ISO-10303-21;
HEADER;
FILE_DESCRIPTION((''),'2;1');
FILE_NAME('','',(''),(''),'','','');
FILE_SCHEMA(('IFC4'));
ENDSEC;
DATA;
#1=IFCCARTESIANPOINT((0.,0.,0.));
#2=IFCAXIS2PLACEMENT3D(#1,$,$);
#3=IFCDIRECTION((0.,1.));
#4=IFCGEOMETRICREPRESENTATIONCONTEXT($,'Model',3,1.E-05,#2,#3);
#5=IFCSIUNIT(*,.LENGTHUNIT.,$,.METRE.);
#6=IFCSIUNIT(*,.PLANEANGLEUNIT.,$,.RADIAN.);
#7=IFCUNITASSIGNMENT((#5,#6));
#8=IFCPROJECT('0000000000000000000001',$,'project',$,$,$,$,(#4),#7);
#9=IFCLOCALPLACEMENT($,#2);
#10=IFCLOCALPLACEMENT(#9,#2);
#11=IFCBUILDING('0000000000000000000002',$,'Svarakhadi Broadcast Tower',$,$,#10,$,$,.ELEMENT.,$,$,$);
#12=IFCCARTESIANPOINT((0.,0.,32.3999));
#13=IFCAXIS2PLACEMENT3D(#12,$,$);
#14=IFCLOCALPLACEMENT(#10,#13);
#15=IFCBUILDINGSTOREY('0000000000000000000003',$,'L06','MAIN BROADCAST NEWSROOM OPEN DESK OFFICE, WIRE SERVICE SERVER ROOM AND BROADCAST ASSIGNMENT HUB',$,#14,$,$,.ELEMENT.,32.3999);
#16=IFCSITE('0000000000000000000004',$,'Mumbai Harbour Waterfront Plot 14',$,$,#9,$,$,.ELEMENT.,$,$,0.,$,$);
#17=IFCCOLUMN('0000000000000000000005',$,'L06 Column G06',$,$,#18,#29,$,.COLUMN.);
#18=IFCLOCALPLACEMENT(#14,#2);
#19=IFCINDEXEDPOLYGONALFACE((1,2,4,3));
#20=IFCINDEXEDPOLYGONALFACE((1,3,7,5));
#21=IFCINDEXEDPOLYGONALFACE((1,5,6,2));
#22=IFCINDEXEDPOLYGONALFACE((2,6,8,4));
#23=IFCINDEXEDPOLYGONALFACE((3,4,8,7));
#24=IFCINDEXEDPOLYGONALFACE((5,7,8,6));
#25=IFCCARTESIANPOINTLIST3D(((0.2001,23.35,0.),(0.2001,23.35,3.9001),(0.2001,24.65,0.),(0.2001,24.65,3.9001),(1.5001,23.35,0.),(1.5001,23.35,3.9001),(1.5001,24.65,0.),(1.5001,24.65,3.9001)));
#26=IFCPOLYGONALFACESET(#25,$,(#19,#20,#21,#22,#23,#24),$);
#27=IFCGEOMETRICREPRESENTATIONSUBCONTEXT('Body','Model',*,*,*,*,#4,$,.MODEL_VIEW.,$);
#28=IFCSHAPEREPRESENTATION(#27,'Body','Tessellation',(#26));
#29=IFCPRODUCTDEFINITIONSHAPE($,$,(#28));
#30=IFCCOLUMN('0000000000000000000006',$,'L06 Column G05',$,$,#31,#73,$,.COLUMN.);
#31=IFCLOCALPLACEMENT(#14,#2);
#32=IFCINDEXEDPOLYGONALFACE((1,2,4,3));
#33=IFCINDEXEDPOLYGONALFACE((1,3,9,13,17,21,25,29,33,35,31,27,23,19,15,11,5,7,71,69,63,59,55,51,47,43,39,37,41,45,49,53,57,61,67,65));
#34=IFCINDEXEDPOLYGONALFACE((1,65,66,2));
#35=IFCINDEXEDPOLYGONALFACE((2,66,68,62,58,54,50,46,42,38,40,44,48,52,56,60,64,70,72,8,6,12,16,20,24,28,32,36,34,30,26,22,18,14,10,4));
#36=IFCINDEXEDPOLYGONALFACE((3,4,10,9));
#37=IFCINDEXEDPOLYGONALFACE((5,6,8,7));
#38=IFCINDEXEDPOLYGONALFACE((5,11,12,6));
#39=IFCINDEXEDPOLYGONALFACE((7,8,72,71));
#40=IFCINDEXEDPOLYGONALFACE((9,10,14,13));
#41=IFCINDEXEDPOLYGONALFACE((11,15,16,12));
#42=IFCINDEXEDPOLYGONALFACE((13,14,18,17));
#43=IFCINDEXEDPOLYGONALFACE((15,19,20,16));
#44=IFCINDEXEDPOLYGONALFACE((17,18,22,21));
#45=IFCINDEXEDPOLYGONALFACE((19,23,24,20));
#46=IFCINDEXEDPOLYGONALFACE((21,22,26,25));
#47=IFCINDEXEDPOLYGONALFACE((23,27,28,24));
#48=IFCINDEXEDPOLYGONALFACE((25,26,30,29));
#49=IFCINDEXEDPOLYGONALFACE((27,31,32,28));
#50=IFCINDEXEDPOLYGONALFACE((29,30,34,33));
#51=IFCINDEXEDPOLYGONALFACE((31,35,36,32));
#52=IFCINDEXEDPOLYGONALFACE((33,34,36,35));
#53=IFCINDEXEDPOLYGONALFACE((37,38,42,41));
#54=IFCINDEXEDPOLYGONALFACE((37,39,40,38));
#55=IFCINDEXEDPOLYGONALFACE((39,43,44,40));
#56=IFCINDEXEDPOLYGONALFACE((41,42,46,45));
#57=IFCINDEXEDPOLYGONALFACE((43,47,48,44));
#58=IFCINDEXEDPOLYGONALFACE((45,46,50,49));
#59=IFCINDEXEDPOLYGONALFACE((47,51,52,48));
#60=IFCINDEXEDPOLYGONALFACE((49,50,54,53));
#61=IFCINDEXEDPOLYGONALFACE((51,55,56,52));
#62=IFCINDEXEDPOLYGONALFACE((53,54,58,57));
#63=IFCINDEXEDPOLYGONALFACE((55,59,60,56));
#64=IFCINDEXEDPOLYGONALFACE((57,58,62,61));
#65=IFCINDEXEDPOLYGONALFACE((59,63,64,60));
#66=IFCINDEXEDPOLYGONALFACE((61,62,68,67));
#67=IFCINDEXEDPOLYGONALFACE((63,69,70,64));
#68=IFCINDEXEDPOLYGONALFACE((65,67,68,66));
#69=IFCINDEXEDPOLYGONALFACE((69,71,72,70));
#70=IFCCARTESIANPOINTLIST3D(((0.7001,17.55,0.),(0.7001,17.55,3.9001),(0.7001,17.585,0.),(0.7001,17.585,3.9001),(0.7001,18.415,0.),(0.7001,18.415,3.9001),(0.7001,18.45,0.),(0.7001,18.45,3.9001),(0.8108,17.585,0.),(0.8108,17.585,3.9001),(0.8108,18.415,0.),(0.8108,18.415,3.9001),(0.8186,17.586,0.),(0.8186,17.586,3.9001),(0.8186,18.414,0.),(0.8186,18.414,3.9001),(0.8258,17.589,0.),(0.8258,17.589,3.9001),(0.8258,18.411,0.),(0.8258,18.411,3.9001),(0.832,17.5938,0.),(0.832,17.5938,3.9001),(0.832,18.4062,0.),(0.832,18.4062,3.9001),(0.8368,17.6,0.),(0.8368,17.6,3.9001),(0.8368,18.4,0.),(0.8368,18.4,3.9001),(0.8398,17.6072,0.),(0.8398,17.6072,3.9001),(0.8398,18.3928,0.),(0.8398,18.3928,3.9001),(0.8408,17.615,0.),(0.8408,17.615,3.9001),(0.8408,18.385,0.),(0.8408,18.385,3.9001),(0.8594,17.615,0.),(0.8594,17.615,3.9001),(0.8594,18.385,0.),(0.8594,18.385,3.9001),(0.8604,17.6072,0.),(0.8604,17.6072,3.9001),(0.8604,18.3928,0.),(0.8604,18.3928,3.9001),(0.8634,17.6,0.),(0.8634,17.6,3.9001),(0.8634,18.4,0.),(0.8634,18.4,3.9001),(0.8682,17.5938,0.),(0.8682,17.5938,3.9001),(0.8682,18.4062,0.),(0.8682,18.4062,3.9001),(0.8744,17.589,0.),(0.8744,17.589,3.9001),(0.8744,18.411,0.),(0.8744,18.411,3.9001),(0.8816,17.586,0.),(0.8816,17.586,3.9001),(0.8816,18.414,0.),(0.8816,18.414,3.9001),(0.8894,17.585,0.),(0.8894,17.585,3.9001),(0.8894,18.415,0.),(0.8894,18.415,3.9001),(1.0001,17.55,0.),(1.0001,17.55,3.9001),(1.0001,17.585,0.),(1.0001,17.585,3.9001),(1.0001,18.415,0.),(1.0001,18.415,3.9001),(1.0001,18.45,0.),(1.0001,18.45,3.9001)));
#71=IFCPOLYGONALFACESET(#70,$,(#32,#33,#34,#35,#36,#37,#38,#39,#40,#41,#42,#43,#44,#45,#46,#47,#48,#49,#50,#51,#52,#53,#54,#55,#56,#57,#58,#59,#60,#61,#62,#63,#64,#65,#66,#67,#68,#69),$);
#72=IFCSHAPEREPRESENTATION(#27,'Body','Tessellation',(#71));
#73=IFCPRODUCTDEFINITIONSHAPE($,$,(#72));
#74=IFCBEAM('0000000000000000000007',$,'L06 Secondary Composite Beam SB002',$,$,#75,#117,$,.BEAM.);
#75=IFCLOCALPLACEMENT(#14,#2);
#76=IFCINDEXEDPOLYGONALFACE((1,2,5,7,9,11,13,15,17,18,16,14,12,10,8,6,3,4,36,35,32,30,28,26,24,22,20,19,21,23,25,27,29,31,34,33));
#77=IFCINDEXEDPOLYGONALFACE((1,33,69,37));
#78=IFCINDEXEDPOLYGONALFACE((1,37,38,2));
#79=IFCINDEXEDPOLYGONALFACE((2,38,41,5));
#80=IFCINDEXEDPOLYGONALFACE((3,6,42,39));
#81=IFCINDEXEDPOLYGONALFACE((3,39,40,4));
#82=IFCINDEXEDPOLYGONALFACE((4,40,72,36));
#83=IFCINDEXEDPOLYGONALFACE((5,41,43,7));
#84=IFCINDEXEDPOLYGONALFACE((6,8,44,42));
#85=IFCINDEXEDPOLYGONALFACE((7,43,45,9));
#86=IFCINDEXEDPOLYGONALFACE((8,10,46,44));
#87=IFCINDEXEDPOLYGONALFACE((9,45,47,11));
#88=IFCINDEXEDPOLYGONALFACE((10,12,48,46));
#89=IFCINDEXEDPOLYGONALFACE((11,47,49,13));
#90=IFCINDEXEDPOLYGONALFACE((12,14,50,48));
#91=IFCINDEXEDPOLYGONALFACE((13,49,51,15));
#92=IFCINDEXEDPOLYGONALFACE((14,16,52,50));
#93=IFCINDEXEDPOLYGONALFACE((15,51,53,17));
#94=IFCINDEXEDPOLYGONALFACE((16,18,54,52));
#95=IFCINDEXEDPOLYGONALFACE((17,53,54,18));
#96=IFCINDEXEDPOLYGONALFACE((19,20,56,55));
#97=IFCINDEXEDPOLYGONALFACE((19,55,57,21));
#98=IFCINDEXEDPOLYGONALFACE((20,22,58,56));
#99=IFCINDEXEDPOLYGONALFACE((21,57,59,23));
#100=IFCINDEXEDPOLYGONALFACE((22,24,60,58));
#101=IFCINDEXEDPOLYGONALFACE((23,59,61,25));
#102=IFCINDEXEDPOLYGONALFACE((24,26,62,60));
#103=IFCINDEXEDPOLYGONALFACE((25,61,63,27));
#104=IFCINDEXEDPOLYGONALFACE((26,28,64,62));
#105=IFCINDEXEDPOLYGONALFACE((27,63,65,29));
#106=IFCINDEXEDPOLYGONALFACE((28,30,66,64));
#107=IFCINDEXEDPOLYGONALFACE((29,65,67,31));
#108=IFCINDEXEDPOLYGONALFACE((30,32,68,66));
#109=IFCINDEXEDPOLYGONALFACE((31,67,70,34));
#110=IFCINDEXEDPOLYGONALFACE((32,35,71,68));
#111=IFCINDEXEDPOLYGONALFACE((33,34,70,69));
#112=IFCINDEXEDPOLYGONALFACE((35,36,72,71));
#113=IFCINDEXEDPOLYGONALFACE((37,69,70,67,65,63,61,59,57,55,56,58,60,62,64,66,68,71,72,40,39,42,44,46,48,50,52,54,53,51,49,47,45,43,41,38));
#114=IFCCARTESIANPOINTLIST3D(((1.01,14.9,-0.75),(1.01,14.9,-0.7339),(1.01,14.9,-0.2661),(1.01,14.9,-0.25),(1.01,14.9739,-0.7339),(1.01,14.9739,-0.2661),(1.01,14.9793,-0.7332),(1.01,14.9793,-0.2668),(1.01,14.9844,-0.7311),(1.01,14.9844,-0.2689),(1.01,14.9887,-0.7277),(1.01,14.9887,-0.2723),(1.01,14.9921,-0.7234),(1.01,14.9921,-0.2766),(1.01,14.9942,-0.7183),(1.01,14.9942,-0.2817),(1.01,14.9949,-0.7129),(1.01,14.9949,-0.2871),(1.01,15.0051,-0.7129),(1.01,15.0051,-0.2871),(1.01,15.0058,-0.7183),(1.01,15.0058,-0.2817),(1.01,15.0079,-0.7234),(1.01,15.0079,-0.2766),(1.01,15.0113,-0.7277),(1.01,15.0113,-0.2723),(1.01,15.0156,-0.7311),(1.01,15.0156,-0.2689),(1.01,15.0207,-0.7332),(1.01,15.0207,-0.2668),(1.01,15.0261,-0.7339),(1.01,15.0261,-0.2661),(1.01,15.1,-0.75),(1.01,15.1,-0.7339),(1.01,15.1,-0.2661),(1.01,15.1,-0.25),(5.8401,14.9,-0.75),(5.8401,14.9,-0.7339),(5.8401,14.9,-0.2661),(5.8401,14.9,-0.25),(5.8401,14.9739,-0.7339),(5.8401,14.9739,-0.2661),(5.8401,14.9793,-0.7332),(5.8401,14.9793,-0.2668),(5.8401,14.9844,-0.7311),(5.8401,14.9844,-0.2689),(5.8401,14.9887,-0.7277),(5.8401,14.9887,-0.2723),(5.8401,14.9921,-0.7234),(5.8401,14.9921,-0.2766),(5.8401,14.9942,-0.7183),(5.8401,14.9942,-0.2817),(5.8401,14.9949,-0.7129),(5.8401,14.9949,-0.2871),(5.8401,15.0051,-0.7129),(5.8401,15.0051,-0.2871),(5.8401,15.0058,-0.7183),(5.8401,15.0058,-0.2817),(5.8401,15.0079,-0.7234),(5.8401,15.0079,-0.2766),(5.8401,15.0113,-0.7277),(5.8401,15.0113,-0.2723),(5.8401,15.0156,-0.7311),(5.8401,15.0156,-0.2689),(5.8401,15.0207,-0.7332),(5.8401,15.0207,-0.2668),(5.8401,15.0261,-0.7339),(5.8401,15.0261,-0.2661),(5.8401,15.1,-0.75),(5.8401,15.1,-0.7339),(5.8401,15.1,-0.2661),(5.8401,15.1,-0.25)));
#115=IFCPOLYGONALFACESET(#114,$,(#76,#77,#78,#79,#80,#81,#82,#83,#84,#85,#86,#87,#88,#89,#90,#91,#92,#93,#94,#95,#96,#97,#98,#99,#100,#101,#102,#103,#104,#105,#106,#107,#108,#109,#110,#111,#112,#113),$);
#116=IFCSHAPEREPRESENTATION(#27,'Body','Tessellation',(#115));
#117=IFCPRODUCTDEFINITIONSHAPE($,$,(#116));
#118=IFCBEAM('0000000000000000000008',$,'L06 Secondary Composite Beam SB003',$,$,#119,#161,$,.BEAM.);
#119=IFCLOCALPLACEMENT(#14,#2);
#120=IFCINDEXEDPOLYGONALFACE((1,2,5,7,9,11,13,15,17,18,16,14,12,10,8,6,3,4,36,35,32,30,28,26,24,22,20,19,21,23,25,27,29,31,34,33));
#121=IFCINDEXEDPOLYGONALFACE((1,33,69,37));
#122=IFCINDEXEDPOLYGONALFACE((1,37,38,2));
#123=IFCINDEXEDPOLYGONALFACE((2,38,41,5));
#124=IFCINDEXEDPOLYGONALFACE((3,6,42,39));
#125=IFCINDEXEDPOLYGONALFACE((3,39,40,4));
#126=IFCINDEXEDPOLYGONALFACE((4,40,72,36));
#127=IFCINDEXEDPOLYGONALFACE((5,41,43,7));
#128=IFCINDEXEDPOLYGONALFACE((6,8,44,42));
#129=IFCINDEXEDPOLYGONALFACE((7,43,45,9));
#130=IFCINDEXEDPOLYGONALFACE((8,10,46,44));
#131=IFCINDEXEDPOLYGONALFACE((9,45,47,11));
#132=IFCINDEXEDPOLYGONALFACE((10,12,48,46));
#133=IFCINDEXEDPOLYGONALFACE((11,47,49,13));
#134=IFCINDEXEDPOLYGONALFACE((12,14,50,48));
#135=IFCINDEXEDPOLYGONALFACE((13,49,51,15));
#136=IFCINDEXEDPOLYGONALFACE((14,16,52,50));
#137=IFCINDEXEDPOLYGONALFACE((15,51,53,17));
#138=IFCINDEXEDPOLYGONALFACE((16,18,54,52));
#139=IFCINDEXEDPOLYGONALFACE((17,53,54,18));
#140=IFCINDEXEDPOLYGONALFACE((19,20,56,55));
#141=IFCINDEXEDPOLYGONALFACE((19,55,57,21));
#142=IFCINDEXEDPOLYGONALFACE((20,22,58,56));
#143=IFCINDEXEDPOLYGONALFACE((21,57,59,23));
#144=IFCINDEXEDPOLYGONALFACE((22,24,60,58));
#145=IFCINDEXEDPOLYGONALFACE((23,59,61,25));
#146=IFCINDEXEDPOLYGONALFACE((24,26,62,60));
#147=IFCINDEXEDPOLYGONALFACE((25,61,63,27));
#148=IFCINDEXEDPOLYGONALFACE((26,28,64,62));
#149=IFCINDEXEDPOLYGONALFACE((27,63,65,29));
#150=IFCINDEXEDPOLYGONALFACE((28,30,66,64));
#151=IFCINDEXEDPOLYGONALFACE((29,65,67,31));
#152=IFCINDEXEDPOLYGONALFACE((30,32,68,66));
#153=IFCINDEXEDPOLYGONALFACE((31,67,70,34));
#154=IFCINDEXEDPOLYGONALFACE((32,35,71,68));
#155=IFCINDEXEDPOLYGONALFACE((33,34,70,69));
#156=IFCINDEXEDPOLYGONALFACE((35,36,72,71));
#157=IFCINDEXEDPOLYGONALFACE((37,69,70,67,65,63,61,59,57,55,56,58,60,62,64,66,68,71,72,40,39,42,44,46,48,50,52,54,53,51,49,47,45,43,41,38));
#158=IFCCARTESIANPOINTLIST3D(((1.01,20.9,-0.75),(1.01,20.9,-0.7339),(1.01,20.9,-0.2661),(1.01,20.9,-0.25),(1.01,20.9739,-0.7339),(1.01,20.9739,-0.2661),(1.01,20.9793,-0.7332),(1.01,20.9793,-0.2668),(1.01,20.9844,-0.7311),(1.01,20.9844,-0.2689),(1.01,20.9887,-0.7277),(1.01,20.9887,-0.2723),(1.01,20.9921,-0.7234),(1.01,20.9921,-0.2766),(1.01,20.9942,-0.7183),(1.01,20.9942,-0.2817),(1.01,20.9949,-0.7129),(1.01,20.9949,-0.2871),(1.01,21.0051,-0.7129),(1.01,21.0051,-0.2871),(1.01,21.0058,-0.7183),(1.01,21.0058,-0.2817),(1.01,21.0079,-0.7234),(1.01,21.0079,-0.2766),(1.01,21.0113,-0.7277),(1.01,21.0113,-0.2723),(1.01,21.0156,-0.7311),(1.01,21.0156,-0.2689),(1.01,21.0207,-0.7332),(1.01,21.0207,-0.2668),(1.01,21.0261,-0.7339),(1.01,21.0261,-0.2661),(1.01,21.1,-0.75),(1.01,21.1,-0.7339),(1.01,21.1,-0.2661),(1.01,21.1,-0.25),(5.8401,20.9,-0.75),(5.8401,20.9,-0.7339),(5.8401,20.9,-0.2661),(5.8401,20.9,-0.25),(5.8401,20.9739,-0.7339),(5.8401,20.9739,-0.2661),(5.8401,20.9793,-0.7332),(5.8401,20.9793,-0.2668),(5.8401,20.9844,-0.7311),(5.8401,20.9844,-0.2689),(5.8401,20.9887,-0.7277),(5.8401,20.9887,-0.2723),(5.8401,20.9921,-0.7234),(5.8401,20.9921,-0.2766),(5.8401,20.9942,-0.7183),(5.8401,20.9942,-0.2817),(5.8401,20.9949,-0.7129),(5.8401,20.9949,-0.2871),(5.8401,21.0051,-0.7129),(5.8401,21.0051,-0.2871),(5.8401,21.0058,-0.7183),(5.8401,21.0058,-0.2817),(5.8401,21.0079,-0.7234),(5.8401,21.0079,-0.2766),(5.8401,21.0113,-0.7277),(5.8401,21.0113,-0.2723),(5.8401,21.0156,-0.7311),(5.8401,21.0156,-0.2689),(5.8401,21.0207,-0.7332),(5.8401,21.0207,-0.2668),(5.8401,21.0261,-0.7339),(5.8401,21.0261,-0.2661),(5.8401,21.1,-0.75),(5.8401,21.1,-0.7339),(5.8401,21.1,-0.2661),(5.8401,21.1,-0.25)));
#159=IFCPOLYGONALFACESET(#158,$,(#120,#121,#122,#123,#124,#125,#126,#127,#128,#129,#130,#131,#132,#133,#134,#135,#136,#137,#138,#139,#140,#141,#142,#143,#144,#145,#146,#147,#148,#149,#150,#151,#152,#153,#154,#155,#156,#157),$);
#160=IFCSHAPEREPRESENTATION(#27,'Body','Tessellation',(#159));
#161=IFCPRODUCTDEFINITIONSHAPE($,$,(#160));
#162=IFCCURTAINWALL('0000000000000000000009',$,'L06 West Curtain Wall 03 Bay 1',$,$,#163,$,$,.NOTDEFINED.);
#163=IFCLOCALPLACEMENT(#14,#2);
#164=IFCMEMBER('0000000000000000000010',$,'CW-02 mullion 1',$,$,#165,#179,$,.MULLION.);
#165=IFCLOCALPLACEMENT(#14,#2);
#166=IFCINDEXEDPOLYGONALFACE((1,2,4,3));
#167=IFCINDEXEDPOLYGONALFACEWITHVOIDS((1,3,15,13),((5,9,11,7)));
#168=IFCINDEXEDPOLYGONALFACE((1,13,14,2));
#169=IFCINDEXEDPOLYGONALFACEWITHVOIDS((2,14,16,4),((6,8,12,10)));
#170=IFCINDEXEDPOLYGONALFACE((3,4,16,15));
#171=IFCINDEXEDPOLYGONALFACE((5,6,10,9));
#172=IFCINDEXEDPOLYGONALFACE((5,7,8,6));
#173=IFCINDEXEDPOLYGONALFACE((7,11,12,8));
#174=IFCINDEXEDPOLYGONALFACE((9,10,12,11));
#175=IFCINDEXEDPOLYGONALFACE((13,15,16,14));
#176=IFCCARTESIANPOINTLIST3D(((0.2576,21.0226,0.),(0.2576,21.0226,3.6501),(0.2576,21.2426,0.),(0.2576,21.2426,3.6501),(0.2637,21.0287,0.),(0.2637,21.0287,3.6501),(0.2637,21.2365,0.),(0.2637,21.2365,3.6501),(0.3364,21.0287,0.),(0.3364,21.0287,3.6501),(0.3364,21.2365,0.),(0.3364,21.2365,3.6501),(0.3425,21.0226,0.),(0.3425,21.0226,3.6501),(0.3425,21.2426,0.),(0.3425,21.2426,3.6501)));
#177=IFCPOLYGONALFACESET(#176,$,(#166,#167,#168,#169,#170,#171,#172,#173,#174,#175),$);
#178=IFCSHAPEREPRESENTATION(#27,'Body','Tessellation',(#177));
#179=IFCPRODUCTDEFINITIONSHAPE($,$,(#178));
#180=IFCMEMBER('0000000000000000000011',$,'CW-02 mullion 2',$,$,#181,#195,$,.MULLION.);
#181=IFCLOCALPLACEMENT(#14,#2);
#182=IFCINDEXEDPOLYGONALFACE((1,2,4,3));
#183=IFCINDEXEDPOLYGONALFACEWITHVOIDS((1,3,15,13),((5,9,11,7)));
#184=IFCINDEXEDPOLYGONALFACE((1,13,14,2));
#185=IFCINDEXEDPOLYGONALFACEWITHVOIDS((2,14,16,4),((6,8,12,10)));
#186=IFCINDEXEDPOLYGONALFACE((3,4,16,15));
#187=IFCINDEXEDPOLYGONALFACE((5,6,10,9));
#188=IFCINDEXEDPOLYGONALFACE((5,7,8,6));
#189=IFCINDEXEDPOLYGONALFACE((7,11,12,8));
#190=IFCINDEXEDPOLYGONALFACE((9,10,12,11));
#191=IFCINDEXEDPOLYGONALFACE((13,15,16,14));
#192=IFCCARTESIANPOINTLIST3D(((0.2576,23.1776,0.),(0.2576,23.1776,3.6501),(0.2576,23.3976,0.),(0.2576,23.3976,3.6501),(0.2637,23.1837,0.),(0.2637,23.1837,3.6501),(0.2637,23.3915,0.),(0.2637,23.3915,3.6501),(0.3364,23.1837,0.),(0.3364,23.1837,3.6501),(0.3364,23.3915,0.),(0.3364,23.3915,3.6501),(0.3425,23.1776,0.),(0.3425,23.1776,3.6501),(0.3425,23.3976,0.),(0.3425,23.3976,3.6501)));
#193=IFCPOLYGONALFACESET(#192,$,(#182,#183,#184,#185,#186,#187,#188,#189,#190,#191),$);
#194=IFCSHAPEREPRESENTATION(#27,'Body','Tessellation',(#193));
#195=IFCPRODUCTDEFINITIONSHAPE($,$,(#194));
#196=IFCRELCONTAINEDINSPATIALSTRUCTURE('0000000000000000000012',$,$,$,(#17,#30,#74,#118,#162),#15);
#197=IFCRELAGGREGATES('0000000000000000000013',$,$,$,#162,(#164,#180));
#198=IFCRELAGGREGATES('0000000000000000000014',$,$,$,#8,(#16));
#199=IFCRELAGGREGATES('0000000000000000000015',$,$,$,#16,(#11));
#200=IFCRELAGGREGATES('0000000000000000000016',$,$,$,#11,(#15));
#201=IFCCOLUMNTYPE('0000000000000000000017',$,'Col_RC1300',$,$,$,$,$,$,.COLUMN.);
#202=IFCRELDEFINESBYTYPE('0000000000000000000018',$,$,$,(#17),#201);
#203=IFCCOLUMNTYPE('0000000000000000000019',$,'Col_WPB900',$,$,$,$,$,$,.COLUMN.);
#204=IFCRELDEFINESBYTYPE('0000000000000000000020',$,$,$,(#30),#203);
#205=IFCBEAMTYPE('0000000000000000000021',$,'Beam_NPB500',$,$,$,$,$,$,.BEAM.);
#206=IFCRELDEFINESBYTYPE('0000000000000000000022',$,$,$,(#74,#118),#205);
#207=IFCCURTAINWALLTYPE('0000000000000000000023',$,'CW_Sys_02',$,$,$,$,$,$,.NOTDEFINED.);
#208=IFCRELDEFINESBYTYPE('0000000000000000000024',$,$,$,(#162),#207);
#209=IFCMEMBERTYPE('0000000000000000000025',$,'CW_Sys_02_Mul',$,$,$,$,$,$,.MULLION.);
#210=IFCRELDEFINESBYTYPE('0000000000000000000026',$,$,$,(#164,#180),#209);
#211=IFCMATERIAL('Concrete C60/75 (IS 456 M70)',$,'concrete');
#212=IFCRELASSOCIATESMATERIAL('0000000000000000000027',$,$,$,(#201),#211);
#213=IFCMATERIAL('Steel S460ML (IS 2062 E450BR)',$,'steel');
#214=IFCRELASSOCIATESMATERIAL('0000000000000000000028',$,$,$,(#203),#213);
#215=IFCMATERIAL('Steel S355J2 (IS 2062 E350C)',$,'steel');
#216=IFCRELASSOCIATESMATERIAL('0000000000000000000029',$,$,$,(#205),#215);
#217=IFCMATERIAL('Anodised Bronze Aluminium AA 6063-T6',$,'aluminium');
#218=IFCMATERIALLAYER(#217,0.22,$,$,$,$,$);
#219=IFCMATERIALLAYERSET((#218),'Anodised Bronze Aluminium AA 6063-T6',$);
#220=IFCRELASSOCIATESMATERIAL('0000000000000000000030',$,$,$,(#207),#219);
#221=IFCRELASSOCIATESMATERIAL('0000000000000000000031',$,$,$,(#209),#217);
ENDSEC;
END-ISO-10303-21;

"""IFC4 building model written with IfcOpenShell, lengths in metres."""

from ifc_helpers import new_model, si_unit, direction, frame, origin, origin_2d, place, context, subcontext, project, spatial, rectangle, hollow_rectangle, i_section, extrude, material, layer, layer_set, material_profile, profile_set, type_object, element, aggregate, save


model = new_model("IFC4")

# Units and contexts
model_context = context("Model", 3, precision=1e-05, world=origin(), true_north=direction((0.0, 1.0)))
body_context = subcontext(model_context, "Body", "Model", "MODEL_VIEW")
ifc_project = project(units=[si_unit("LENGTHUNIT", "METRE"), si_unit("PLANEANGLEUNIT", "RADIAN")], contexts=[model_context])

# Site, building, storey
site_placement = place(None, origin())
site = spatial("IfcSite", under=ifc_project, at=site_placement, Name="Mumbai Harbour Waterfront Plot 14", CompositionType="ELEMENT", RefElevation=0.0)
building_placement = place(site_placement, origin())
building = spatial("IfcBuilding", under=site, at=building_placement, Name="Svarakhadi Broadcast Tower", CompositionType="ELEMENT")
storey_placement = place(building_placement, frame((0.0, 0.0, 32.3999)))
storey = spatial("IfcBuildingStorey", under=building, at=storey_placement, Name="L06", Description="MAIN BROADCAST NEWSROOM OPEN DESK OFFICE, WIRE SERVICE SERVER ROOM AND BROADCAST ASSIGNMENT HUB", CompositionType="ELEMENT", Elevation=32.3999)

# Columns
ifc_material_1 = material(Name="Concrete C60/75 (IS 456 M70)", Category="concrete")
ifc_material_profile_1 = material_profile(ifc_material_1, rectangle(XDim=1.3, YDim=1.3, at=origin_2d()), Name="RC 1300x1300")
ifc_profile_set_1 = profile_set([ifc_material_profile_1], Name="Concrete C60/75 (IS 456 M70)")
column_type_1 = type_object("IfcColumnType", Name="Col_RC1300", PredefinedType="COLUMN", material=ifc_profile_set_1)
column_1_placement = place(storey_placement, frame((0.8501, 24.0, 0.0), z_axis=(0.0, 0.0, 1.0), x_axis=(1.0, 0.0, 0.0)))
element("IfcColumn", 1, at=column_1_placement, inside=storey, type_object=column_type_1, Name="L06 Column G06", PredefinedType="COLUMN", context=body_context, shape_type="SweptSolid", body=[
    extrude(rectangle(XDim=1.3, YDim=1.3, at=origin_2d()), origin(), (0.0, 0.0, 1.0), 3.9001),
])
ifc_material_2 = material(Name="Steel S460ML (IS 2062 E450BR)", Category="steel")
ifc_material_profile_2 = material_profile(ifc_material_2, i_section(OverallWidth=0.3, OverallDepth=0.8999, WebThickness=0.0186, FlangeThickness=0.0349, FilletRadius=0.03, at=origin_2d()), Name="WPB 900x300x291")
ifc_profile_set_2 = profile_set([ifc_material_profile_2], Name="Steel S460ML (IS 2062 E450BR)")
column_type_2 = type_object("IfcColumnType", Name="Col_WPB900", PredefinedType="COLUMN", material=ifc_profile_set_2)
column_2_placement = place(storey_placement, frame((0.8501, 18.0, 0.0), z_axis=(0.0, 0.0, 1.0), x_axis=(1.0, 0.0, 0.0)))
element("IfcColumn", 2, at=column_2_placement, inside=storey, type_object=column_type_2, Name="L06 Column G05", PredefinedType="COLUMN", context=body_context, shape_type="SweptSolid", body=[
    extrude(i_section(OverallWidth=0.3, OverallDepth=0.8999, WebThickness=0.0186, FlangeThickness=0.0349, FilletRadius=0.03, at=origin_2d()), origin(), (0.0, 0.0, 1.0), 3.9001),
])

# Beams
ifc_material_3 = material(Name="Steel S355J2 (IS 2062 E350C)", Category="steel")
ifc_material_profile_3 = material_profile(ifc_material_3, i_section(OverallWidth=0.2, OverallDepth=0.5, WebThickness=0.0103, FlangeThickness=0.0161, FilletRadius=0.021, at=origin_2d()), Name="NPB 500x200x91")
ifc_profile_set_3 = profile_set([ifc_material_profile_3], Name="Steel S355J2 (IS 2062 E350C)")
beam_type_1 = type_object("IfcBeamType", Name="Beam_NPB500", PredefinedType="BEAM", material=ifc_profile_set_3)
for number, where, z_axis, x_axis, name in (
    (3, (1.01, 15.0, -0.5), (1.0, 0.0, 0.0), (0.0, 1.0, 0.0), "L06 Secondary Composite Beam SB002"),
    (4, (1.01, 21.0, -0.5), (1.0, 0.0, 0.0), (0.0, 1.0, 0.0), "L06 Secondary Composite Beam SB003"),
):
    element("IfcBeam", number, at=place(storey_placement, frame(where, z_axis=z_axis, x_axis=x_axis)), inside=storey, type_object=beam_type_1, Name=name, PredefinedType="BEAM", context=body_context, shape_type="SweptSolid", body=[
        extrude(i_section(OverallWidth=0.2, OverallDepth=0.5, WebThickness=0.0103, FlangeThickness=0.0161, FilletRadius=0.021, at=origin_2d()), origin(), (0.0, 0.0, 1.0), 4.8301),
    ])

# Curtain wall, members
ifc_material_4 = material(Name="Anodised Bronze Aluminium AA 6063-T6", Category="aluminium")
ifc_layer_1 = layer(ifc_material_4, 0.22)
ifc_layer_set_1 = layer_set([ifc_layer_1], Name="Anodised Bronze Aluminium AA 6063-T6")
curtain_wall_type = type_object("IfcCurtainWallType", Name="CW_Sys_02", PredefinedType="NOTDEFINED", material=ifc_layer_set_1)
curtain_wall_placement = place(storey_placement, origin())
curtain_wall = element("IfcCurtainWall", 5, at=curtain_wall_placement, inside=storey, type_object=curtain_wall_type, Name="L06 West Curtain Wall 03 Bay 1", PredefinedType="NOTDEFINED")
ifc_material_profile_4 = material_profile(ifc_material_4, hollow_rectangle(XDim=0.085, YDim=0.22, WallThickness=0.0061, at=origin_2d()), Name="ALU MULLION 220x85x6")
ifc_profile_set_4 = profile_set([ifc_material_profile_4], Name="Anodised Bronze Aluminium AA 6063-T6")
member_type_1 = type_object("IfcMemberType", Name="CW_Sys_02_Mul", PredefinedType="MULLION", material=ifc_profile_set_4)
member_1_placement = place(storey_placement, frame((0.3, 21.1326, 0.0), z_axis=(0.0, 0.0, 1.0), x_axis=(-1.0, 0.0, 0.0)))
member_1 = element("IfcMember", 6, at=member_1_placement, type_object=member_type_1, Name="CW-02 mullion 1", PredefinedType="MULLION", context=body_context, shape_type="SweptSolid", body=[
    extrude(hollow_rectangle(XDim=0.085, YDim=0.22, WallThickness=0.0061, at=origin_2d()), origin(), (0.0, 0.0, 1.0), 3.6501),
])
member_2_placement = place(storey_placement, frame((0.3, 23.2876, 0.0), z_axis=(0.0, 0.0, 1.0), x_axis=(-1.0, 0.0, 0.0)))
member_2 = element("IfcMember", 7, at=member_2_placement, type_object=member_type_1, Name="CW-02 mullion 2", PredefinedType="MULLION", context=body_context, shape_type="SweptSolid", body=[
    extrude(hollow_rectangle(XDim=0.085, YDim=0.22, WallThickness=0.0061, at=origin_2d()), origin(), (0.0, 0.0, 1.0), 3.6501),
])

aggregate(curtain_wall, [member_1, member_2])

save(model, "model.ifc")
